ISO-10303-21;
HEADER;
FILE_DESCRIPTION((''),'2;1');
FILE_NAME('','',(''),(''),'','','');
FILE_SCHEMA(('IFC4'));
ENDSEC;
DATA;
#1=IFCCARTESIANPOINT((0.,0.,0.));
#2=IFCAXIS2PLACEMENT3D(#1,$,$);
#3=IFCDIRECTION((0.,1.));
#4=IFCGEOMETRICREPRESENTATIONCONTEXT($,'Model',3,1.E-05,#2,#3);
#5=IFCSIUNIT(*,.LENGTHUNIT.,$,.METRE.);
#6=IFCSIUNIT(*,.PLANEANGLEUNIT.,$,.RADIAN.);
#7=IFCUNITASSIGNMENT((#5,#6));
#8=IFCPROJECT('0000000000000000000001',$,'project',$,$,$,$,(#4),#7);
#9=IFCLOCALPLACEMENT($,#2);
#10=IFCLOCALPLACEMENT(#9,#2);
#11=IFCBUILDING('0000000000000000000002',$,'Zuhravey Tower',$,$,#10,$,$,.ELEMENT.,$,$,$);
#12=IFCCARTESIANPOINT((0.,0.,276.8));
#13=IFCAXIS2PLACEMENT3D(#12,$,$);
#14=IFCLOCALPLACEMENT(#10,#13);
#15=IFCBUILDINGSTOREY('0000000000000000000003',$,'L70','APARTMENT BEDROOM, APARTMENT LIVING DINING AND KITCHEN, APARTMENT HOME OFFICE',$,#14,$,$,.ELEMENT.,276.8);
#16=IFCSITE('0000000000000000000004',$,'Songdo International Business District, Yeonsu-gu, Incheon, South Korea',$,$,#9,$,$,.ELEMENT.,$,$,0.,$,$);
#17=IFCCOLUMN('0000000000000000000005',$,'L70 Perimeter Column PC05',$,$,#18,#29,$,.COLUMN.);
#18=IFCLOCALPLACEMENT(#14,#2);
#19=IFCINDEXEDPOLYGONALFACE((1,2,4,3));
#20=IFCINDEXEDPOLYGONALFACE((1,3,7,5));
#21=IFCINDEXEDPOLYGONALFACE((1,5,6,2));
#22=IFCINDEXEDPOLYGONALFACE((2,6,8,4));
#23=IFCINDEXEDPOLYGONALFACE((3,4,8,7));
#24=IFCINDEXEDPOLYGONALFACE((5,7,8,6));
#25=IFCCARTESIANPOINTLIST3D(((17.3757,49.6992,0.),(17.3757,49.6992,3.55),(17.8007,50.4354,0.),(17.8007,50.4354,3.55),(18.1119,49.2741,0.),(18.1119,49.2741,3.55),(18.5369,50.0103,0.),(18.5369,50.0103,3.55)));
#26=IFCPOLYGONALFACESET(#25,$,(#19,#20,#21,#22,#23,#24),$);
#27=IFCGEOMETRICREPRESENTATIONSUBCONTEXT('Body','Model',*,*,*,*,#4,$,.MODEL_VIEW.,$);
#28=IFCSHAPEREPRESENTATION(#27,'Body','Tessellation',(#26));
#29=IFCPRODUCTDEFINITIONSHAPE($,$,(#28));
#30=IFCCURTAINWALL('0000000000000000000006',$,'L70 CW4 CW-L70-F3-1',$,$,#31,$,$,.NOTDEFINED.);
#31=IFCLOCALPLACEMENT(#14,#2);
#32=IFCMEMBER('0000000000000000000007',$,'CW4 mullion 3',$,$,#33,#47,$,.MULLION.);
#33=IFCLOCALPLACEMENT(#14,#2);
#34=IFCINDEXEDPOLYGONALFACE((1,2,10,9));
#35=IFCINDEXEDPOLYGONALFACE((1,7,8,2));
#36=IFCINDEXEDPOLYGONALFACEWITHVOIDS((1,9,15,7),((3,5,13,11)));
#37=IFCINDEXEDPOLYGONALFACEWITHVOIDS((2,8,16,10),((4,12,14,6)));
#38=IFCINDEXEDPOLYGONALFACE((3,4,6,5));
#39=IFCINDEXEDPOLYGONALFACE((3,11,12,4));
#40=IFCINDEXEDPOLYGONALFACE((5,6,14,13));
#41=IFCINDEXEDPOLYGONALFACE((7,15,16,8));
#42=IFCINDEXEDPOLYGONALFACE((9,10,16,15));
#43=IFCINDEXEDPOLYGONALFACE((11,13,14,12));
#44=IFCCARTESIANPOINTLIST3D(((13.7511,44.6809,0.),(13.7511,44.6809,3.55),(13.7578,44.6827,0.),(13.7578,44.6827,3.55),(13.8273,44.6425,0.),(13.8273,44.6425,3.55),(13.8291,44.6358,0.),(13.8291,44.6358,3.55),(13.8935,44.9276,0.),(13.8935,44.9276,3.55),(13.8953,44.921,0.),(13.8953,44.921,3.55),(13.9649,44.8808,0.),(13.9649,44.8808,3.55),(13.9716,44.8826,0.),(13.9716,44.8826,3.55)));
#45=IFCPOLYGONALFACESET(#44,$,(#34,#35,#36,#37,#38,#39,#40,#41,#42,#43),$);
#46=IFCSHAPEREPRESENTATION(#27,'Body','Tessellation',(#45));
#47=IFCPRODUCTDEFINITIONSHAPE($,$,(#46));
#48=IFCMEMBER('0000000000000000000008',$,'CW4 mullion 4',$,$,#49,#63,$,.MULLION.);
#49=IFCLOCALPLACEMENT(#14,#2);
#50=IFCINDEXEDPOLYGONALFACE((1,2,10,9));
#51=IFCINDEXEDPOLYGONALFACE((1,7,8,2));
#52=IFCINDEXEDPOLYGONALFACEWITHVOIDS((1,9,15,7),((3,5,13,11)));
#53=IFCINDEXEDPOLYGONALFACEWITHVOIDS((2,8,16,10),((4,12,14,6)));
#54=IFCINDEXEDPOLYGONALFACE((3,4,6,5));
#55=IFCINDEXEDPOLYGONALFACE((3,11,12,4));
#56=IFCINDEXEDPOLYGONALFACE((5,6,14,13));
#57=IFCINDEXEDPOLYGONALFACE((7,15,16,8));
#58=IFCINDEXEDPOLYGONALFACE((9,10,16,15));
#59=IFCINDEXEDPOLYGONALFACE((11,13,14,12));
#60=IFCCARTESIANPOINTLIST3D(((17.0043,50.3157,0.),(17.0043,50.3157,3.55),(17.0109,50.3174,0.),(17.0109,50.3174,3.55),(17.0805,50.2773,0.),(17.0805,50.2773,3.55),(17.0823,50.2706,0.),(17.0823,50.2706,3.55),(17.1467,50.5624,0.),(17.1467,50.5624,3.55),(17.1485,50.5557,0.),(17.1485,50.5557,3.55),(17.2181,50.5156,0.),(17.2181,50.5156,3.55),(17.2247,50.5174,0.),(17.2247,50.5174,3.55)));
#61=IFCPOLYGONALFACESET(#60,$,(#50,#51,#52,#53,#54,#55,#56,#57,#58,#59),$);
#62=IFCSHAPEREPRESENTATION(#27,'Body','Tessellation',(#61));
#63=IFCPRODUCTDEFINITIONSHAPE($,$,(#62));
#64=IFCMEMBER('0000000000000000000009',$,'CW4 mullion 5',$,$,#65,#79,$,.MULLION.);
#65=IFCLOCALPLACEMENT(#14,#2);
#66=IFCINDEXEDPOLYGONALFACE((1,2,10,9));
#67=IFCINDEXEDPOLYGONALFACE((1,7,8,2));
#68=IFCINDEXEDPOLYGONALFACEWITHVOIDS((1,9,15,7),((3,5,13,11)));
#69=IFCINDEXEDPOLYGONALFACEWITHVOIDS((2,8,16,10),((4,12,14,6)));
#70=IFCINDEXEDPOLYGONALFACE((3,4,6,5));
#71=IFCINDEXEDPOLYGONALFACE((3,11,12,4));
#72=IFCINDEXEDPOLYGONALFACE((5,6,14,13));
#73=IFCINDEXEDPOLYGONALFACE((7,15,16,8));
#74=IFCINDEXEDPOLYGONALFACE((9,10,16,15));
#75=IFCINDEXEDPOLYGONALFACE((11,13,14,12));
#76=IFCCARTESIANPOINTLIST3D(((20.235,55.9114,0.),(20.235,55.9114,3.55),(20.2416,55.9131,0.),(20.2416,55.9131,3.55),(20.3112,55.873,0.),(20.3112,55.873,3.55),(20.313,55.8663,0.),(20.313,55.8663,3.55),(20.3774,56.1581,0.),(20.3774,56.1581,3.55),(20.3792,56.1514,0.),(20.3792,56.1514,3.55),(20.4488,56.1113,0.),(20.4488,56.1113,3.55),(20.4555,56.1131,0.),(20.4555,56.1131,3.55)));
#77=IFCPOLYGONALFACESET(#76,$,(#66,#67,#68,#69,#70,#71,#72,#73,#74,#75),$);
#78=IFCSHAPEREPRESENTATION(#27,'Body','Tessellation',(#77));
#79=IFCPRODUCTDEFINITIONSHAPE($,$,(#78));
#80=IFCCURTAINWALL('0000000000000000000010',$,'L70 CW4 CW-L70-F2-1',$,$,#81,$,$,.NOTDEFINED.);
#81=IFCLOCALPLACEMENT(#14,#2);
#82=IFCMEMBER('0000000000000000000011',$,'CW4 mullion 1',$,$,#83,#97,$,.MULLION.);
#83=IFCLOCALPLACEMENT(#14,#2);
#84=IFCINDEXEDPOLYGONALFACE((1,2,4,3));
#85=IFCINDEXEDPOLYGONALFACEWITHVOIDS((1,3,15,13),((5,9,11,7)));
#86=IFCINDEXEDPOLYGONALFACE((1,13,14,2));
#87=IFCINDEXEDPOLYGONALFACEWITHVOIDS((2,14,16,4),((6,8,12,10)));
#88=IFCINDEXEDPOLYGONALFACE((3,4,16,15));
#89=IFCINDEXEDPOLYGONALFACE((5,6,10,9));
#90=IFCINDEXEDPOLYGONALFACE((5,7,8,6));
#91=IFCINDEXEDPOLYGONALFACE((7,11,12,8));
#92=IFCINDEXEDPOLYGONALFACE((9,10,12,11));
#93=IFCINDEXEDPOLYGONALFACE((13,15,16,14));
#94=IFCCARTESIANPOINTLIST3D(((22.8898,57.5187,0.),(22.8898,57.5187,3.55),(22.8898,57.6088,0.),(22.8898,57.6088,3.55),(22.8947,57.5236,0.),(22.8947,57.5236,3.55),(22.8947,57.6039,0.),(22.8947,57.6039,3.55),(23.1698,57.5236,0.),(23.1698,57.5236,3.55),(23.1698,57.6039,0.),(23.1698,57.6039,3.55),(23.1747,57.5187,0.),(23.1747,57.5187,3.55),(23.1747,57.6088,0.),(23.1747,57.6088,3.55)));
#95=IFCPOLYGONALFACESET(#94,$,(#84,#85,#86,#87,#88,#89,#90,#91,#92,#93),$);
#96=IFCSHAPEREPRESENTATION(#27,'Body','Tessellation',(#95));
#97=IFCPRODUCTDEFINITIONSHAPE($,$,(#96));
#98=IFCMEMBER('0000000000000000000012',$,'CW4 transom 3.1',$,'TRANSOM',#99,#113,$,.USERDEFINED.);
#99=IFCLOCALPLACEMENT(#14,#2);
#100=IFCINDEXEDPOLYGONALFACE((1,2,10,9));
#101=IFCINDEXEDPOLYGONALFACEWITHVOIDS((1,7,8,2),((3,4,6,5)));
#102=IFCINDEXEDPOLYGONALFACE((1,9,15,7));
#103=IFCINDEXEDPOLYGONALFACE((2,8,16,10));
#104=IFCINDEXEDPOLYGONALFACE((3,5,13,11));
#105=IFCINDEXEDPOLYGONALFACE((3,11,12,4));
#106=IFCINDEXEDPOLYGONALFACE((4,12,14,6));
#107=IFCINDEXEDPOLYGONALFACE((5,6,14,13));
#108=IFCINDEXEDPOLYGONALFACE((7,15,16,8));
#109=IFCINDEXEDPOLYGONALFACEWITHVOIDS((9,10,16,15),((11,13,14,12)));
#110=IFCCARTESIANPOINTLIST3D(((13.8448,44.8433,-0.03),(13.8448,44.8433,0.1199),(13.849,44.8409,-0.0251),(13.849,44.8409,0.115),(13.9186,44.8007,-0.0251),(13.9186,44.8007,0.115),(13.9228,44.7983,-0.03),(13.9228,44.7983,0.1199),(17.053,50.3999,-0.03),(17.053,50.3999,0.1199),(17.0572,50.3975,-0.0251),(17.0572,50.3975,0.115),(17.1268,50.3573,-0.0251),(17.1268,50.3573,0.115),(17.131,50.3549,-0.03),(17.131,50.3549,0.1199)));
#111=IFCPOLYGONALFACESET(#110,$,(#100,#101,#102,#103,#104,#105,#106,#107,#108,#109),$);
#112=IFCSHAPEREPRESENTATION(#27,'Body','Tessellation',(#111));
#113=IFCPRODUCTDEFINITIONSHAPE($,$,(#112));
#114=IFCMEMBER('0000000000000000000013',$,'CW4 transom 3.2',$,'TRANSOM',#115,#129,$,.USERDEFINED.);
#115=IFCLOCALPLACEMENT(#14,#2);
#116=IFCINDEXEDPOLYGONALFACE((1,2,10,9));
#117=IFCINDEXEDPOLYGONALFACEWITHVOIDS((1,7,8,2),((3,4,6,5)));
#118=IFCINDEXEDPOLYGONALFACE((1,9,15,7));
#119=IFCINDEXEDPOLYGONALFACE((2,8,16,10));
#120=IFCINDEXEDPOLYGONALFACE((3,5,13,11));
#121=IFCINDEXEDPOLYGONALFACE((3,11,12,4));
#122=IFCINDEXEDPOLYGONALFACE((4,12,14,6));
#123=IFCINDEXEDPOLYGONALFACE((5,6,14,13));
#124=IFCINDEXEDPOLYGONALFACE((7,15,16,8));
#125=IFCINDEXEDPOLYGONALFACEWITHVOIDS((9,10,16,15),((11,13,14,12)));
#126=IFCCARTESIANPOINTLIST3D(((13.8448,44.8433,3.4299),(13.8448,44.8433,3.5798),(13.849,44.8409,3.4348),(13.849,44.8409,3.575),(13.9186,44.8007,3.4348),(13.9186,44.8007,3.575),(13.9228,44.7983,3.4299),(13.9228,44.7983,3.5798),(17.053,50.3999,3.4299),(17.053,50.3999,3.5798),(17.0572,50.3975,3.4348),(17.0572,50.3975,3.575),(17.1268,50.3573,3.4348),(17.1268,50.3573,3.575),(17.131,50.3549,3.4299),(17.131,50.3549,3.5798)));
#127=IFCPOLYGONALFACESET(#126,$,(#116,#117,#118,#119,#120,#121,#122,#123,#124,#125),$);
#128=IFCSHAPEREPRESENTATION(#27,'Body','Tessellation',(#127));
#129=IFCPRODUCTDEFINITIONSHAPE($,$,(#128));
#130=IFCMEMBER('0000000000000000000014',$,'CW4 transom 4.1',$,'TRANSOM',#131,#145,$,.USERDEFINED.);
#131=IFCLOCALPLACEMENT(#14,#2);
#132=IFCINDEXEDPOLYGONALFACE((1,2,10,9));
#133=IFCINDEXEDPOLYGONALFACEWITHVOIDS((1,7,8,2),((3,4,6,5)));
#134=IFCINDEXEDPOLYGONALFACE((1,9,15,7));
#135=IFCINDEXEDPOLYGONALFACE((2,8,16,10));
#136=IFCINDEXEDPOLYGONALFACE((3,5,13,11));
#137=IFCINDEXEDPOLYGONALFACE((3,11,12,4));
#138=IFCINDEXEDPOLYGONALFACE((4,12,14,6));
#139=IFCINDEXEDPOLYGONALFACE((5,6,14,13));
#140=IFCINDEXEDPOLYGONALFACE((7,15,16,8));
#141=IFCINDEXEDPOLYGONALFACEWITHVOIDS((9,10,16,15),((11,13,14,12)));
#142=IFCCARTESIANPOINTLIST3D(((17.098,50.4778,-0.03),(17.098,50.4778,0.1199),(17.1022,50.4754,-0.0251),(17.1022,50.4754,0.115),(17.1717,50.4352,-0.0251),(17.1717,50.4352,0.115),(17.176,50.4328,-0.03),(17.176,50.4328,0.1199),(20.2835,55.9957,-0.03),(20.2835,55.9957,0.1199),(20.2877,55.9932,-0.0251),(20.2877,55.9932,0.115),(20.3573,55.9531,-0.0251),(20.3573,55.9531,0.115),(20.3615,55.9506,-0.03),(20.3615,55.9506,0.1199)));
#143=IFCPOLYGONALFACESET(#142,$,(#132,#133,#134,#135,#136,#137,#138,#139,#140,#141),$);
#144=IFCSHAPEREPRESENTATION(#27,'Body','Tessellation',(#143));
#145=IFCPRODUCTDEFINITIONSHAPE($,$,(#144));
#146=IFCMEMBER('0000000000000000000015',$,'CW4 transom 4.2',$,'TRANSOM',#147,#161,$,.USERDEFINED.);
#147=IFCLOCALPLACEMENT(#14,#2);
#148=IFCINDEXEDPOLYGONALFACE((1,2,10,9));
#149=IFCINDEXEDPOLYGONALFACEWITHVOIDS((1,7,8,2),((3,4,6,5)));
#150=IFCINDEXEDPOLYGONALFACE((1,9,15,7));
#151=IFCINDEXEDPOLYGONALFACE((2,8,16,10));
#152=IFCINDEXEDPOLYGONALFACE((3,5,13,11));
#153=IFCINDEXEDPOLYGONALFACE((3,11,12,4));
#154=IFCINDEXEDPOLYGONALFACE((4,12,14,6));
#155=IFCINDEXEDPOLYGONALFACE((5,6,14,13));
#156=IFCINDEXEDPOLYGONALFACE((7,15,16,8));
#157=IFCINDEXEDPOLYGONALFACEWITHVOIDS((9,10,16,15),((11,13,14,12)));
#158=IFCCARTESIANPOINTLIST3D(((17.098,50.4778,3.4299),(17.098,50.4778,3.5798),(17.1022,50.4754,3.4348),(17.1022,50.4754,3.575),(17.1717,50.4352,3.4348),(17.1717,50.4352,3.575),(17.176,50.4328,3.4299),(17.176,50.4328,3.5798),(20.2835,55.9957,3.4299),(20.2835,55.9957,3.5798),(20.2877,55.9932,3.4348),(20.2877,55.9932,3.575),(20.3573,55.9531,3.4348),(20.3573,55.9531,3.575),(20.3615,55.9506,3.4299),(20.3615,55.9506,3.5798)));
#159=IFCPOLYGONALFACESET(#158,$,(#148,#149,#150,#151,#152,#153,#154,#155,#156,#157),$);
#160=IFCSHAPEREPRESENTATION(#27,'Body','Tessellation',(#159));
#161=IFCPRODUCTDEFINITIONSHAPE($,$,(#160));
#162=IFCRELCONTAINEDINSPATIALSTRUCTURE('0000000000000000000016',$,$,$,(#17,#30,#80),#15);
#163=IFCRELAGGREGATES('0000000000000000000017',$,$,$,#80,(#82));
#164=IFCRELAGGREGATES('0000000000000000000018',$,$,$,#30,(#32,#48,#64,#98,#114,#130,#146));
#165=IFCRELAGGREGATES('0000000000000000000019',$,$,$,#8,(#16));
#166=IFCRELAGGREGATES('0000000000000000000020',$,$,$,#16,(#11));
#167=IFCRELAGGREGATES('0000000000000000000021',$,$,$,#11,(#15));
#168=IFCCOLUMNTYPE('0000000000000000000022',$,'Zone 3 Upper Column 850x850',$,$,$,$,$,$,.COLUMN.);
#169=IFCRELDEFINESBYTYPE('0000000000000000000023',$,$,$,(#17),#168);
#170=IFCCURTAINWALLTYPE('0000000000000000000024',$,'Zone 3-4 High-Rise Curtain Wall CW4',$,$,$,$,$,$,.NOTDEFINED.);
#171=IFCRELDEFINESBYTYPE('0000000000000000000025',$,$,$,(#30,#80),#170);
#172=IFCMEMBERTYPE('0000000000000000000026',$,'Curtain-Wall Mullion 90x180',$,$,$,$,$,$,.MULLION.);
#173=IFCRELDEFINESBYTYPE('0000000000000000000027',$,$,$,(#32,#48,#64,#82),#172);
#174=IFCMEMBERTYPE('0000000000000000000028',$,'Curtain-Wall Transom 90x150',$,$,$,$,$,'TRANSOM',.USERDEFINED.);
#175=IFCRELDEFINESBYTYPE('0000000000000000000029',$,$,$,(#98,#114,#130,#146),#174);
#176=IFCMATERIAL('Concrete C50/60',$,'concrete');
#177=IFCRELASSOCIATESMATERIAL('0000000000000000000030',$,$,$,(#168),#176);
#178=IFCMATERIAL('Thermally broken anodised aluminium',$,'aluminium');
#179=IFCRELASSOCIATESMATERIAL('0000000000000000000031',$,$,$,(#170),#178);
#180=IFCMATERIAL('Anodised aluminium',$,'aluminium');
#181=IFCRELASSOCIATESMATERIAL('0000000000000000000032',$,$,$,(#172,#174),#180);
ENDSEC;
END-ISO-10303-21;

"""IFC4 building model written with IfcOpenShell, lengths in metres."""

from ifc_helpers import new_model, si_unit, direction, frame, origin, origin_2d, place, context, subcontext, project, spatial, rectangle, hollow_rectangle, extrude, material, material_profile, profile_set, type_object, element, aggregate, save


model = new_model("IFC4")

# Units and contexts
model_context = context("Model", 3, precision=1e-05, world=origin(), true_north=direction((0.0, 1.0)))
body_context = subcontext(model_context, "Body", "Model", "MODEL_VIEW")
ifc_project = project(units=[si_unit("LENGTHUNIT", "METRE"), si_unit("PLANEANGLEUNIT", "RADIAN")], contexts=[model_context])

# Site, building, storey
site_placement = place(None, origin())
site = spatial("IfcSite", under=ifc_project, at=site_placement, Name="Songdo International Business District, Yeonsu-gu, Incheon, South Korea", CompositionType="ELEMENT", RefElevation=0.0)
building_placement = place(site_placement, origin())
building = spatial("IfcBuilding", under=site, at=building_placement, Name="Zuhravey Tower", CompositionType="ELEMENT")
storey_placement = place(building_placement, frame((0.0, 0.0, 276.8)))
storey = spatial("IfcBuildingStorey", under=building, at=storey_placement, Name="L70", Description="APARTMENT BEDROOM, APARTMENT LIVING DINING AND KITCHEN, APARTMENT HOME OFFICE", CompositionType="ELEMENT", Elevation=276.8)

# Column
ifc_material_1 = material(Name="Concrete C50/60", Category="concrete")
ifc_material_profile_1 = material_profile(ifc_material_1, rectangle(XDim=0.8501, YDim=0.8501, at=origin_2d()), Name="RC-850x850")
ifc_profile_set_1 = profile_set([ifc_material_profile_1], Name="Concrete C50/60")
column_type = type_object("IfcColumnType", Name="Zone 3 Upper Column 850x850", PredefinedType="COLUMN", material=ifc_profile_set_1)
column_placement = place(storey_placement, frame((17.9563, 49.8547, 0.0), z_axis=(0.0, 0.0, 1.0), x_axis=(-0.5, -0.866025, 0.0)))
element("IfcColumn", 1, at=column_placement, inside=storey, type_object=column_type, Name="L70 Perimeter Column PC05", PredefinedType="COLUMN", context=body_context, shape_type="SweptSolid", body=[
    extrude(rectangle(XDim=0.8501, YDim=0.8501, at=origin_2d()), origin(), (0.0, 0.0, 1.0), 3.55),
])

# Curtain wall, members
ifc_material_2 = material(Name="Thermally broken anodised aluminium", Category="aluminium")
curtain_wall_type = type_object("IfcCurtainWallType", Name="Zone 3-4 High-Rise Curtain Wall CW4", PredefinedType="NOTDEFINED", material=ifc_material_2)
curtain_wall_1_placement = place(storey_placement, origin())
curtain_wall_1 = element("IfcCurtainWall", 2, at=curtain_wall_1_placement, inside=storey, type_object=curtain_wall_type, Name="L70 CW4 CW-L70-F3-1", PredefinedType="NOTDEFINED")
ifc_material_3 = material(Name="Anodised aluminium", Category="aluminium")
ifc_material_profile_2 = material_profile(ifc_material_3, hollow_rectangle(XDim=0.0901, YDim=0.2849, WallThickness=0.0049, at=origin_2d()), Name="ALU-RHS-90x285x5")
ifc_profile_set_2 = profile_set([ifc_material_profile_2], Name="Anodised aluminium")
member_type_1 = type_object("IfcMemberType", Name="Curtain-Wall Mullion 90x180", PredefinedType="MULLION", material=ifc_profile_set_2)
member_1_placement = place(storey_placement, frame((13.8613, 44.7817, 0.0), z_axis=(0.0, 0.0, 1.0), x_axis=(-0.866025, 0.500001, 0.0)))
member_1 = element("IfcMember", 3, at=member_1_placement, type_object=member_type_1, Name="CW4 mullion 3", PredefinedType="MULLION", context=body_context, shape_type="SweptSolid", body=[
    extrude(hollow_rectangle(XDim=0.0901, YDim=0.2849, WallThickness=0.0049, at=origin_2d()), origin(), (0.0, 0.0, 1.0), 3.55),
])
member_2_placement = place(storey_placement, frame((17.1145, 50.4165, 0.0), z_axis=(0.0, 0.0, 1.0), x_axis=(-0.866025, 0.500001, 0.0)))
member_2 = element("IfcMember", 4, at=member_2_placement, type_object=member_type_1, Name="CW4 mullion 4", PredefinedType="MULLION", context=body_context, shape_type="SweptSolid", body=[
    extrude(hollow_rectangle(XDim=0.0901, YDim=0.2849, WallThickness=0.0049, at=origin_2d()), origin(), (0.0, 0.0, 1.0), 3.55),
])
member_3_placement = place(storey_placement, frame((20.3452, 56.0122, 0.0), z_axis=(0.0, 0.0, 1.0), x_axis=(-0.866025, 0.500001, 0.0)))
member_3 = element("IfcMember", 5, at=member_3_placement, type_object=member_type_1, Name="CW4 mullion 5", PredefinedType="MULLION", context=body_context, shape_type="SweptSolid", body=[
    extrude(hollow_rectangle(XDim=0.0901, YDim=0.2849, WallThickness=0.0049, at=origin_2d()), origin(), (0.0, 0.0, 1.0), 3.55),
])

# Curtain wall, member
curtain_wall_2_placement = place(storey_placement, origin())
curtain_wall_2 = element("IfcCurtainWall", 6, at=curtain_wall_2_placement, inside=storey, type_object=curtain_wall_type, Name="L70 CW4 CW-L70-F2-1", PredefinedType="NOTDEFINED")
member_4_placement = place(storey_placement, frame((23.0322, 57.5637, 0.0), z_axis=(0.0, 0.0, 1.0), x_axis=(0.0, 1.0, 0.0)))
member_4 = element("IfcMember", 7, at=member_4_placement, type_object=member_type_1, Name="CW4 mullion 1", PredefinedType="MULLION", context=body_context, shape_type="SweptSolid", body=[
    extrude(hollow_rectangle(XDim=0.0901, YDim=0.2849, WallThickness=0.0049, at=origin_2d()), origin(), (0.0, 0.0, 1.0), 3.55),
])
aggregate(curtain_wall_2, [member_4])

# Members
ifc_material_profile_3 = material_profile(ifc_material_3, hollow_rectangle(XDim=0.0901, YDim=0.1499, WallThickness=0.0049, at=origin_2d()), Name="ALU-RHS-90x150x5")
ifc_profile_set_3 = profile_set([ifc_material_profile_3], Name="Anodised aluminium")
member_type_2 = type_object("IfcMemberType", Name="Curtain-Wall Transom 90x150", ElementType="TRANSOM", PredefinedType="USERDEFINED", material=ifc_profile_set_3)
member_5_placement = place(storey_placement, frame((13.8838, 44.8208, 0.0449), z_axis=(0.500014, 0.866017, 0.0), x_axis=(-0.866017, 0.500014, 0.0)))
member_5 = element("IfcMember", 8, at=member_5_placement, type_object=member_type_2, Name="CW4 transom 3.1", ObjectType="TRANSOM", PredefinedType="USERDEFINED", context=body_context, shape_type="SweptSolid", body=[
    extrude(hollow_rectangle(XDim=0.0901, YDim=0.1499, WallThickness=0.0049, at=origin_2d()), origin(), (0.0, 0.0, 1.0), 6.4163),
])
member_6_placement = place(storey_placement, frame((13.8838, 44.8208, 3.5049), z_axis=(0.500014, 0.866017, 0.0), x_axis=(-0.866017, 0.500014, 0.0)))
member_6 = element("IfcMember", 9, at=member_6_placement, type_object=member_type_2, Name="CW4 transom 3.2", ObjectType="TRANSOM", PredefinedType="USERDEFINED", context=body_context, shape_type="SweptSolid", body=[
    extrude(hollow_rectangle(XDim=0.0901, YDim=0.1499, WallThickness=0.0049, at=origin_2d()), origin(), (0.0, 0.0, 1.0), 6.4163),
])
member_7_placement = place(storey_placement, frame((17.137, 50.4553, 0.0449), z_axis=(0.49998, 0.866037, 0.0), x_axis=(-0.866037, 0.49998, 0.0)))
member_7 = element("IfcMember", 10, at=member_7_placement, type_object=member_type_2, Name="CW4 transom 4.1", ObjectType="TRANSOM", PredefinedType="USERDEFINED", context=body_context, shape_type="SweptSolid", body=[
    extrude(hollow_rectangle(XDim=0.0901, YDim=0.1499, WallThickness=0.0049, at=origin_2d()), origin(), (0.0, 0.0, 1.0), 6.3713),
])
member_8_placement = place(storey_placement, frame((17.137, 50.4553, 3.5049), z_axis=(0.49998, 0.866037, 0.0), x_axis=(-0.866037, 0.49998, 0.0)))
member_8 = element("IfcMember", 11, at=member_8_placement, type_object=member_type_2, Name="CW4 transom 4.2", ObjectType="TRANSOM", PredefinedType="USERDEFINED", context=body_context, shape_type="SweptSolid", body=[
    extrude(hollow_rectangle(XDim=0.0901, YDim=0.1499, WallThickness=0.0049, at=origin_2d()), origin(), (0.0, 0.0, 1.0), 6.3713),
])

aggregate(curtain_wall_1, [member_1, member_2, member_3, member_5, member_6, member_7, member_8])

save(model, "model.ifc")
